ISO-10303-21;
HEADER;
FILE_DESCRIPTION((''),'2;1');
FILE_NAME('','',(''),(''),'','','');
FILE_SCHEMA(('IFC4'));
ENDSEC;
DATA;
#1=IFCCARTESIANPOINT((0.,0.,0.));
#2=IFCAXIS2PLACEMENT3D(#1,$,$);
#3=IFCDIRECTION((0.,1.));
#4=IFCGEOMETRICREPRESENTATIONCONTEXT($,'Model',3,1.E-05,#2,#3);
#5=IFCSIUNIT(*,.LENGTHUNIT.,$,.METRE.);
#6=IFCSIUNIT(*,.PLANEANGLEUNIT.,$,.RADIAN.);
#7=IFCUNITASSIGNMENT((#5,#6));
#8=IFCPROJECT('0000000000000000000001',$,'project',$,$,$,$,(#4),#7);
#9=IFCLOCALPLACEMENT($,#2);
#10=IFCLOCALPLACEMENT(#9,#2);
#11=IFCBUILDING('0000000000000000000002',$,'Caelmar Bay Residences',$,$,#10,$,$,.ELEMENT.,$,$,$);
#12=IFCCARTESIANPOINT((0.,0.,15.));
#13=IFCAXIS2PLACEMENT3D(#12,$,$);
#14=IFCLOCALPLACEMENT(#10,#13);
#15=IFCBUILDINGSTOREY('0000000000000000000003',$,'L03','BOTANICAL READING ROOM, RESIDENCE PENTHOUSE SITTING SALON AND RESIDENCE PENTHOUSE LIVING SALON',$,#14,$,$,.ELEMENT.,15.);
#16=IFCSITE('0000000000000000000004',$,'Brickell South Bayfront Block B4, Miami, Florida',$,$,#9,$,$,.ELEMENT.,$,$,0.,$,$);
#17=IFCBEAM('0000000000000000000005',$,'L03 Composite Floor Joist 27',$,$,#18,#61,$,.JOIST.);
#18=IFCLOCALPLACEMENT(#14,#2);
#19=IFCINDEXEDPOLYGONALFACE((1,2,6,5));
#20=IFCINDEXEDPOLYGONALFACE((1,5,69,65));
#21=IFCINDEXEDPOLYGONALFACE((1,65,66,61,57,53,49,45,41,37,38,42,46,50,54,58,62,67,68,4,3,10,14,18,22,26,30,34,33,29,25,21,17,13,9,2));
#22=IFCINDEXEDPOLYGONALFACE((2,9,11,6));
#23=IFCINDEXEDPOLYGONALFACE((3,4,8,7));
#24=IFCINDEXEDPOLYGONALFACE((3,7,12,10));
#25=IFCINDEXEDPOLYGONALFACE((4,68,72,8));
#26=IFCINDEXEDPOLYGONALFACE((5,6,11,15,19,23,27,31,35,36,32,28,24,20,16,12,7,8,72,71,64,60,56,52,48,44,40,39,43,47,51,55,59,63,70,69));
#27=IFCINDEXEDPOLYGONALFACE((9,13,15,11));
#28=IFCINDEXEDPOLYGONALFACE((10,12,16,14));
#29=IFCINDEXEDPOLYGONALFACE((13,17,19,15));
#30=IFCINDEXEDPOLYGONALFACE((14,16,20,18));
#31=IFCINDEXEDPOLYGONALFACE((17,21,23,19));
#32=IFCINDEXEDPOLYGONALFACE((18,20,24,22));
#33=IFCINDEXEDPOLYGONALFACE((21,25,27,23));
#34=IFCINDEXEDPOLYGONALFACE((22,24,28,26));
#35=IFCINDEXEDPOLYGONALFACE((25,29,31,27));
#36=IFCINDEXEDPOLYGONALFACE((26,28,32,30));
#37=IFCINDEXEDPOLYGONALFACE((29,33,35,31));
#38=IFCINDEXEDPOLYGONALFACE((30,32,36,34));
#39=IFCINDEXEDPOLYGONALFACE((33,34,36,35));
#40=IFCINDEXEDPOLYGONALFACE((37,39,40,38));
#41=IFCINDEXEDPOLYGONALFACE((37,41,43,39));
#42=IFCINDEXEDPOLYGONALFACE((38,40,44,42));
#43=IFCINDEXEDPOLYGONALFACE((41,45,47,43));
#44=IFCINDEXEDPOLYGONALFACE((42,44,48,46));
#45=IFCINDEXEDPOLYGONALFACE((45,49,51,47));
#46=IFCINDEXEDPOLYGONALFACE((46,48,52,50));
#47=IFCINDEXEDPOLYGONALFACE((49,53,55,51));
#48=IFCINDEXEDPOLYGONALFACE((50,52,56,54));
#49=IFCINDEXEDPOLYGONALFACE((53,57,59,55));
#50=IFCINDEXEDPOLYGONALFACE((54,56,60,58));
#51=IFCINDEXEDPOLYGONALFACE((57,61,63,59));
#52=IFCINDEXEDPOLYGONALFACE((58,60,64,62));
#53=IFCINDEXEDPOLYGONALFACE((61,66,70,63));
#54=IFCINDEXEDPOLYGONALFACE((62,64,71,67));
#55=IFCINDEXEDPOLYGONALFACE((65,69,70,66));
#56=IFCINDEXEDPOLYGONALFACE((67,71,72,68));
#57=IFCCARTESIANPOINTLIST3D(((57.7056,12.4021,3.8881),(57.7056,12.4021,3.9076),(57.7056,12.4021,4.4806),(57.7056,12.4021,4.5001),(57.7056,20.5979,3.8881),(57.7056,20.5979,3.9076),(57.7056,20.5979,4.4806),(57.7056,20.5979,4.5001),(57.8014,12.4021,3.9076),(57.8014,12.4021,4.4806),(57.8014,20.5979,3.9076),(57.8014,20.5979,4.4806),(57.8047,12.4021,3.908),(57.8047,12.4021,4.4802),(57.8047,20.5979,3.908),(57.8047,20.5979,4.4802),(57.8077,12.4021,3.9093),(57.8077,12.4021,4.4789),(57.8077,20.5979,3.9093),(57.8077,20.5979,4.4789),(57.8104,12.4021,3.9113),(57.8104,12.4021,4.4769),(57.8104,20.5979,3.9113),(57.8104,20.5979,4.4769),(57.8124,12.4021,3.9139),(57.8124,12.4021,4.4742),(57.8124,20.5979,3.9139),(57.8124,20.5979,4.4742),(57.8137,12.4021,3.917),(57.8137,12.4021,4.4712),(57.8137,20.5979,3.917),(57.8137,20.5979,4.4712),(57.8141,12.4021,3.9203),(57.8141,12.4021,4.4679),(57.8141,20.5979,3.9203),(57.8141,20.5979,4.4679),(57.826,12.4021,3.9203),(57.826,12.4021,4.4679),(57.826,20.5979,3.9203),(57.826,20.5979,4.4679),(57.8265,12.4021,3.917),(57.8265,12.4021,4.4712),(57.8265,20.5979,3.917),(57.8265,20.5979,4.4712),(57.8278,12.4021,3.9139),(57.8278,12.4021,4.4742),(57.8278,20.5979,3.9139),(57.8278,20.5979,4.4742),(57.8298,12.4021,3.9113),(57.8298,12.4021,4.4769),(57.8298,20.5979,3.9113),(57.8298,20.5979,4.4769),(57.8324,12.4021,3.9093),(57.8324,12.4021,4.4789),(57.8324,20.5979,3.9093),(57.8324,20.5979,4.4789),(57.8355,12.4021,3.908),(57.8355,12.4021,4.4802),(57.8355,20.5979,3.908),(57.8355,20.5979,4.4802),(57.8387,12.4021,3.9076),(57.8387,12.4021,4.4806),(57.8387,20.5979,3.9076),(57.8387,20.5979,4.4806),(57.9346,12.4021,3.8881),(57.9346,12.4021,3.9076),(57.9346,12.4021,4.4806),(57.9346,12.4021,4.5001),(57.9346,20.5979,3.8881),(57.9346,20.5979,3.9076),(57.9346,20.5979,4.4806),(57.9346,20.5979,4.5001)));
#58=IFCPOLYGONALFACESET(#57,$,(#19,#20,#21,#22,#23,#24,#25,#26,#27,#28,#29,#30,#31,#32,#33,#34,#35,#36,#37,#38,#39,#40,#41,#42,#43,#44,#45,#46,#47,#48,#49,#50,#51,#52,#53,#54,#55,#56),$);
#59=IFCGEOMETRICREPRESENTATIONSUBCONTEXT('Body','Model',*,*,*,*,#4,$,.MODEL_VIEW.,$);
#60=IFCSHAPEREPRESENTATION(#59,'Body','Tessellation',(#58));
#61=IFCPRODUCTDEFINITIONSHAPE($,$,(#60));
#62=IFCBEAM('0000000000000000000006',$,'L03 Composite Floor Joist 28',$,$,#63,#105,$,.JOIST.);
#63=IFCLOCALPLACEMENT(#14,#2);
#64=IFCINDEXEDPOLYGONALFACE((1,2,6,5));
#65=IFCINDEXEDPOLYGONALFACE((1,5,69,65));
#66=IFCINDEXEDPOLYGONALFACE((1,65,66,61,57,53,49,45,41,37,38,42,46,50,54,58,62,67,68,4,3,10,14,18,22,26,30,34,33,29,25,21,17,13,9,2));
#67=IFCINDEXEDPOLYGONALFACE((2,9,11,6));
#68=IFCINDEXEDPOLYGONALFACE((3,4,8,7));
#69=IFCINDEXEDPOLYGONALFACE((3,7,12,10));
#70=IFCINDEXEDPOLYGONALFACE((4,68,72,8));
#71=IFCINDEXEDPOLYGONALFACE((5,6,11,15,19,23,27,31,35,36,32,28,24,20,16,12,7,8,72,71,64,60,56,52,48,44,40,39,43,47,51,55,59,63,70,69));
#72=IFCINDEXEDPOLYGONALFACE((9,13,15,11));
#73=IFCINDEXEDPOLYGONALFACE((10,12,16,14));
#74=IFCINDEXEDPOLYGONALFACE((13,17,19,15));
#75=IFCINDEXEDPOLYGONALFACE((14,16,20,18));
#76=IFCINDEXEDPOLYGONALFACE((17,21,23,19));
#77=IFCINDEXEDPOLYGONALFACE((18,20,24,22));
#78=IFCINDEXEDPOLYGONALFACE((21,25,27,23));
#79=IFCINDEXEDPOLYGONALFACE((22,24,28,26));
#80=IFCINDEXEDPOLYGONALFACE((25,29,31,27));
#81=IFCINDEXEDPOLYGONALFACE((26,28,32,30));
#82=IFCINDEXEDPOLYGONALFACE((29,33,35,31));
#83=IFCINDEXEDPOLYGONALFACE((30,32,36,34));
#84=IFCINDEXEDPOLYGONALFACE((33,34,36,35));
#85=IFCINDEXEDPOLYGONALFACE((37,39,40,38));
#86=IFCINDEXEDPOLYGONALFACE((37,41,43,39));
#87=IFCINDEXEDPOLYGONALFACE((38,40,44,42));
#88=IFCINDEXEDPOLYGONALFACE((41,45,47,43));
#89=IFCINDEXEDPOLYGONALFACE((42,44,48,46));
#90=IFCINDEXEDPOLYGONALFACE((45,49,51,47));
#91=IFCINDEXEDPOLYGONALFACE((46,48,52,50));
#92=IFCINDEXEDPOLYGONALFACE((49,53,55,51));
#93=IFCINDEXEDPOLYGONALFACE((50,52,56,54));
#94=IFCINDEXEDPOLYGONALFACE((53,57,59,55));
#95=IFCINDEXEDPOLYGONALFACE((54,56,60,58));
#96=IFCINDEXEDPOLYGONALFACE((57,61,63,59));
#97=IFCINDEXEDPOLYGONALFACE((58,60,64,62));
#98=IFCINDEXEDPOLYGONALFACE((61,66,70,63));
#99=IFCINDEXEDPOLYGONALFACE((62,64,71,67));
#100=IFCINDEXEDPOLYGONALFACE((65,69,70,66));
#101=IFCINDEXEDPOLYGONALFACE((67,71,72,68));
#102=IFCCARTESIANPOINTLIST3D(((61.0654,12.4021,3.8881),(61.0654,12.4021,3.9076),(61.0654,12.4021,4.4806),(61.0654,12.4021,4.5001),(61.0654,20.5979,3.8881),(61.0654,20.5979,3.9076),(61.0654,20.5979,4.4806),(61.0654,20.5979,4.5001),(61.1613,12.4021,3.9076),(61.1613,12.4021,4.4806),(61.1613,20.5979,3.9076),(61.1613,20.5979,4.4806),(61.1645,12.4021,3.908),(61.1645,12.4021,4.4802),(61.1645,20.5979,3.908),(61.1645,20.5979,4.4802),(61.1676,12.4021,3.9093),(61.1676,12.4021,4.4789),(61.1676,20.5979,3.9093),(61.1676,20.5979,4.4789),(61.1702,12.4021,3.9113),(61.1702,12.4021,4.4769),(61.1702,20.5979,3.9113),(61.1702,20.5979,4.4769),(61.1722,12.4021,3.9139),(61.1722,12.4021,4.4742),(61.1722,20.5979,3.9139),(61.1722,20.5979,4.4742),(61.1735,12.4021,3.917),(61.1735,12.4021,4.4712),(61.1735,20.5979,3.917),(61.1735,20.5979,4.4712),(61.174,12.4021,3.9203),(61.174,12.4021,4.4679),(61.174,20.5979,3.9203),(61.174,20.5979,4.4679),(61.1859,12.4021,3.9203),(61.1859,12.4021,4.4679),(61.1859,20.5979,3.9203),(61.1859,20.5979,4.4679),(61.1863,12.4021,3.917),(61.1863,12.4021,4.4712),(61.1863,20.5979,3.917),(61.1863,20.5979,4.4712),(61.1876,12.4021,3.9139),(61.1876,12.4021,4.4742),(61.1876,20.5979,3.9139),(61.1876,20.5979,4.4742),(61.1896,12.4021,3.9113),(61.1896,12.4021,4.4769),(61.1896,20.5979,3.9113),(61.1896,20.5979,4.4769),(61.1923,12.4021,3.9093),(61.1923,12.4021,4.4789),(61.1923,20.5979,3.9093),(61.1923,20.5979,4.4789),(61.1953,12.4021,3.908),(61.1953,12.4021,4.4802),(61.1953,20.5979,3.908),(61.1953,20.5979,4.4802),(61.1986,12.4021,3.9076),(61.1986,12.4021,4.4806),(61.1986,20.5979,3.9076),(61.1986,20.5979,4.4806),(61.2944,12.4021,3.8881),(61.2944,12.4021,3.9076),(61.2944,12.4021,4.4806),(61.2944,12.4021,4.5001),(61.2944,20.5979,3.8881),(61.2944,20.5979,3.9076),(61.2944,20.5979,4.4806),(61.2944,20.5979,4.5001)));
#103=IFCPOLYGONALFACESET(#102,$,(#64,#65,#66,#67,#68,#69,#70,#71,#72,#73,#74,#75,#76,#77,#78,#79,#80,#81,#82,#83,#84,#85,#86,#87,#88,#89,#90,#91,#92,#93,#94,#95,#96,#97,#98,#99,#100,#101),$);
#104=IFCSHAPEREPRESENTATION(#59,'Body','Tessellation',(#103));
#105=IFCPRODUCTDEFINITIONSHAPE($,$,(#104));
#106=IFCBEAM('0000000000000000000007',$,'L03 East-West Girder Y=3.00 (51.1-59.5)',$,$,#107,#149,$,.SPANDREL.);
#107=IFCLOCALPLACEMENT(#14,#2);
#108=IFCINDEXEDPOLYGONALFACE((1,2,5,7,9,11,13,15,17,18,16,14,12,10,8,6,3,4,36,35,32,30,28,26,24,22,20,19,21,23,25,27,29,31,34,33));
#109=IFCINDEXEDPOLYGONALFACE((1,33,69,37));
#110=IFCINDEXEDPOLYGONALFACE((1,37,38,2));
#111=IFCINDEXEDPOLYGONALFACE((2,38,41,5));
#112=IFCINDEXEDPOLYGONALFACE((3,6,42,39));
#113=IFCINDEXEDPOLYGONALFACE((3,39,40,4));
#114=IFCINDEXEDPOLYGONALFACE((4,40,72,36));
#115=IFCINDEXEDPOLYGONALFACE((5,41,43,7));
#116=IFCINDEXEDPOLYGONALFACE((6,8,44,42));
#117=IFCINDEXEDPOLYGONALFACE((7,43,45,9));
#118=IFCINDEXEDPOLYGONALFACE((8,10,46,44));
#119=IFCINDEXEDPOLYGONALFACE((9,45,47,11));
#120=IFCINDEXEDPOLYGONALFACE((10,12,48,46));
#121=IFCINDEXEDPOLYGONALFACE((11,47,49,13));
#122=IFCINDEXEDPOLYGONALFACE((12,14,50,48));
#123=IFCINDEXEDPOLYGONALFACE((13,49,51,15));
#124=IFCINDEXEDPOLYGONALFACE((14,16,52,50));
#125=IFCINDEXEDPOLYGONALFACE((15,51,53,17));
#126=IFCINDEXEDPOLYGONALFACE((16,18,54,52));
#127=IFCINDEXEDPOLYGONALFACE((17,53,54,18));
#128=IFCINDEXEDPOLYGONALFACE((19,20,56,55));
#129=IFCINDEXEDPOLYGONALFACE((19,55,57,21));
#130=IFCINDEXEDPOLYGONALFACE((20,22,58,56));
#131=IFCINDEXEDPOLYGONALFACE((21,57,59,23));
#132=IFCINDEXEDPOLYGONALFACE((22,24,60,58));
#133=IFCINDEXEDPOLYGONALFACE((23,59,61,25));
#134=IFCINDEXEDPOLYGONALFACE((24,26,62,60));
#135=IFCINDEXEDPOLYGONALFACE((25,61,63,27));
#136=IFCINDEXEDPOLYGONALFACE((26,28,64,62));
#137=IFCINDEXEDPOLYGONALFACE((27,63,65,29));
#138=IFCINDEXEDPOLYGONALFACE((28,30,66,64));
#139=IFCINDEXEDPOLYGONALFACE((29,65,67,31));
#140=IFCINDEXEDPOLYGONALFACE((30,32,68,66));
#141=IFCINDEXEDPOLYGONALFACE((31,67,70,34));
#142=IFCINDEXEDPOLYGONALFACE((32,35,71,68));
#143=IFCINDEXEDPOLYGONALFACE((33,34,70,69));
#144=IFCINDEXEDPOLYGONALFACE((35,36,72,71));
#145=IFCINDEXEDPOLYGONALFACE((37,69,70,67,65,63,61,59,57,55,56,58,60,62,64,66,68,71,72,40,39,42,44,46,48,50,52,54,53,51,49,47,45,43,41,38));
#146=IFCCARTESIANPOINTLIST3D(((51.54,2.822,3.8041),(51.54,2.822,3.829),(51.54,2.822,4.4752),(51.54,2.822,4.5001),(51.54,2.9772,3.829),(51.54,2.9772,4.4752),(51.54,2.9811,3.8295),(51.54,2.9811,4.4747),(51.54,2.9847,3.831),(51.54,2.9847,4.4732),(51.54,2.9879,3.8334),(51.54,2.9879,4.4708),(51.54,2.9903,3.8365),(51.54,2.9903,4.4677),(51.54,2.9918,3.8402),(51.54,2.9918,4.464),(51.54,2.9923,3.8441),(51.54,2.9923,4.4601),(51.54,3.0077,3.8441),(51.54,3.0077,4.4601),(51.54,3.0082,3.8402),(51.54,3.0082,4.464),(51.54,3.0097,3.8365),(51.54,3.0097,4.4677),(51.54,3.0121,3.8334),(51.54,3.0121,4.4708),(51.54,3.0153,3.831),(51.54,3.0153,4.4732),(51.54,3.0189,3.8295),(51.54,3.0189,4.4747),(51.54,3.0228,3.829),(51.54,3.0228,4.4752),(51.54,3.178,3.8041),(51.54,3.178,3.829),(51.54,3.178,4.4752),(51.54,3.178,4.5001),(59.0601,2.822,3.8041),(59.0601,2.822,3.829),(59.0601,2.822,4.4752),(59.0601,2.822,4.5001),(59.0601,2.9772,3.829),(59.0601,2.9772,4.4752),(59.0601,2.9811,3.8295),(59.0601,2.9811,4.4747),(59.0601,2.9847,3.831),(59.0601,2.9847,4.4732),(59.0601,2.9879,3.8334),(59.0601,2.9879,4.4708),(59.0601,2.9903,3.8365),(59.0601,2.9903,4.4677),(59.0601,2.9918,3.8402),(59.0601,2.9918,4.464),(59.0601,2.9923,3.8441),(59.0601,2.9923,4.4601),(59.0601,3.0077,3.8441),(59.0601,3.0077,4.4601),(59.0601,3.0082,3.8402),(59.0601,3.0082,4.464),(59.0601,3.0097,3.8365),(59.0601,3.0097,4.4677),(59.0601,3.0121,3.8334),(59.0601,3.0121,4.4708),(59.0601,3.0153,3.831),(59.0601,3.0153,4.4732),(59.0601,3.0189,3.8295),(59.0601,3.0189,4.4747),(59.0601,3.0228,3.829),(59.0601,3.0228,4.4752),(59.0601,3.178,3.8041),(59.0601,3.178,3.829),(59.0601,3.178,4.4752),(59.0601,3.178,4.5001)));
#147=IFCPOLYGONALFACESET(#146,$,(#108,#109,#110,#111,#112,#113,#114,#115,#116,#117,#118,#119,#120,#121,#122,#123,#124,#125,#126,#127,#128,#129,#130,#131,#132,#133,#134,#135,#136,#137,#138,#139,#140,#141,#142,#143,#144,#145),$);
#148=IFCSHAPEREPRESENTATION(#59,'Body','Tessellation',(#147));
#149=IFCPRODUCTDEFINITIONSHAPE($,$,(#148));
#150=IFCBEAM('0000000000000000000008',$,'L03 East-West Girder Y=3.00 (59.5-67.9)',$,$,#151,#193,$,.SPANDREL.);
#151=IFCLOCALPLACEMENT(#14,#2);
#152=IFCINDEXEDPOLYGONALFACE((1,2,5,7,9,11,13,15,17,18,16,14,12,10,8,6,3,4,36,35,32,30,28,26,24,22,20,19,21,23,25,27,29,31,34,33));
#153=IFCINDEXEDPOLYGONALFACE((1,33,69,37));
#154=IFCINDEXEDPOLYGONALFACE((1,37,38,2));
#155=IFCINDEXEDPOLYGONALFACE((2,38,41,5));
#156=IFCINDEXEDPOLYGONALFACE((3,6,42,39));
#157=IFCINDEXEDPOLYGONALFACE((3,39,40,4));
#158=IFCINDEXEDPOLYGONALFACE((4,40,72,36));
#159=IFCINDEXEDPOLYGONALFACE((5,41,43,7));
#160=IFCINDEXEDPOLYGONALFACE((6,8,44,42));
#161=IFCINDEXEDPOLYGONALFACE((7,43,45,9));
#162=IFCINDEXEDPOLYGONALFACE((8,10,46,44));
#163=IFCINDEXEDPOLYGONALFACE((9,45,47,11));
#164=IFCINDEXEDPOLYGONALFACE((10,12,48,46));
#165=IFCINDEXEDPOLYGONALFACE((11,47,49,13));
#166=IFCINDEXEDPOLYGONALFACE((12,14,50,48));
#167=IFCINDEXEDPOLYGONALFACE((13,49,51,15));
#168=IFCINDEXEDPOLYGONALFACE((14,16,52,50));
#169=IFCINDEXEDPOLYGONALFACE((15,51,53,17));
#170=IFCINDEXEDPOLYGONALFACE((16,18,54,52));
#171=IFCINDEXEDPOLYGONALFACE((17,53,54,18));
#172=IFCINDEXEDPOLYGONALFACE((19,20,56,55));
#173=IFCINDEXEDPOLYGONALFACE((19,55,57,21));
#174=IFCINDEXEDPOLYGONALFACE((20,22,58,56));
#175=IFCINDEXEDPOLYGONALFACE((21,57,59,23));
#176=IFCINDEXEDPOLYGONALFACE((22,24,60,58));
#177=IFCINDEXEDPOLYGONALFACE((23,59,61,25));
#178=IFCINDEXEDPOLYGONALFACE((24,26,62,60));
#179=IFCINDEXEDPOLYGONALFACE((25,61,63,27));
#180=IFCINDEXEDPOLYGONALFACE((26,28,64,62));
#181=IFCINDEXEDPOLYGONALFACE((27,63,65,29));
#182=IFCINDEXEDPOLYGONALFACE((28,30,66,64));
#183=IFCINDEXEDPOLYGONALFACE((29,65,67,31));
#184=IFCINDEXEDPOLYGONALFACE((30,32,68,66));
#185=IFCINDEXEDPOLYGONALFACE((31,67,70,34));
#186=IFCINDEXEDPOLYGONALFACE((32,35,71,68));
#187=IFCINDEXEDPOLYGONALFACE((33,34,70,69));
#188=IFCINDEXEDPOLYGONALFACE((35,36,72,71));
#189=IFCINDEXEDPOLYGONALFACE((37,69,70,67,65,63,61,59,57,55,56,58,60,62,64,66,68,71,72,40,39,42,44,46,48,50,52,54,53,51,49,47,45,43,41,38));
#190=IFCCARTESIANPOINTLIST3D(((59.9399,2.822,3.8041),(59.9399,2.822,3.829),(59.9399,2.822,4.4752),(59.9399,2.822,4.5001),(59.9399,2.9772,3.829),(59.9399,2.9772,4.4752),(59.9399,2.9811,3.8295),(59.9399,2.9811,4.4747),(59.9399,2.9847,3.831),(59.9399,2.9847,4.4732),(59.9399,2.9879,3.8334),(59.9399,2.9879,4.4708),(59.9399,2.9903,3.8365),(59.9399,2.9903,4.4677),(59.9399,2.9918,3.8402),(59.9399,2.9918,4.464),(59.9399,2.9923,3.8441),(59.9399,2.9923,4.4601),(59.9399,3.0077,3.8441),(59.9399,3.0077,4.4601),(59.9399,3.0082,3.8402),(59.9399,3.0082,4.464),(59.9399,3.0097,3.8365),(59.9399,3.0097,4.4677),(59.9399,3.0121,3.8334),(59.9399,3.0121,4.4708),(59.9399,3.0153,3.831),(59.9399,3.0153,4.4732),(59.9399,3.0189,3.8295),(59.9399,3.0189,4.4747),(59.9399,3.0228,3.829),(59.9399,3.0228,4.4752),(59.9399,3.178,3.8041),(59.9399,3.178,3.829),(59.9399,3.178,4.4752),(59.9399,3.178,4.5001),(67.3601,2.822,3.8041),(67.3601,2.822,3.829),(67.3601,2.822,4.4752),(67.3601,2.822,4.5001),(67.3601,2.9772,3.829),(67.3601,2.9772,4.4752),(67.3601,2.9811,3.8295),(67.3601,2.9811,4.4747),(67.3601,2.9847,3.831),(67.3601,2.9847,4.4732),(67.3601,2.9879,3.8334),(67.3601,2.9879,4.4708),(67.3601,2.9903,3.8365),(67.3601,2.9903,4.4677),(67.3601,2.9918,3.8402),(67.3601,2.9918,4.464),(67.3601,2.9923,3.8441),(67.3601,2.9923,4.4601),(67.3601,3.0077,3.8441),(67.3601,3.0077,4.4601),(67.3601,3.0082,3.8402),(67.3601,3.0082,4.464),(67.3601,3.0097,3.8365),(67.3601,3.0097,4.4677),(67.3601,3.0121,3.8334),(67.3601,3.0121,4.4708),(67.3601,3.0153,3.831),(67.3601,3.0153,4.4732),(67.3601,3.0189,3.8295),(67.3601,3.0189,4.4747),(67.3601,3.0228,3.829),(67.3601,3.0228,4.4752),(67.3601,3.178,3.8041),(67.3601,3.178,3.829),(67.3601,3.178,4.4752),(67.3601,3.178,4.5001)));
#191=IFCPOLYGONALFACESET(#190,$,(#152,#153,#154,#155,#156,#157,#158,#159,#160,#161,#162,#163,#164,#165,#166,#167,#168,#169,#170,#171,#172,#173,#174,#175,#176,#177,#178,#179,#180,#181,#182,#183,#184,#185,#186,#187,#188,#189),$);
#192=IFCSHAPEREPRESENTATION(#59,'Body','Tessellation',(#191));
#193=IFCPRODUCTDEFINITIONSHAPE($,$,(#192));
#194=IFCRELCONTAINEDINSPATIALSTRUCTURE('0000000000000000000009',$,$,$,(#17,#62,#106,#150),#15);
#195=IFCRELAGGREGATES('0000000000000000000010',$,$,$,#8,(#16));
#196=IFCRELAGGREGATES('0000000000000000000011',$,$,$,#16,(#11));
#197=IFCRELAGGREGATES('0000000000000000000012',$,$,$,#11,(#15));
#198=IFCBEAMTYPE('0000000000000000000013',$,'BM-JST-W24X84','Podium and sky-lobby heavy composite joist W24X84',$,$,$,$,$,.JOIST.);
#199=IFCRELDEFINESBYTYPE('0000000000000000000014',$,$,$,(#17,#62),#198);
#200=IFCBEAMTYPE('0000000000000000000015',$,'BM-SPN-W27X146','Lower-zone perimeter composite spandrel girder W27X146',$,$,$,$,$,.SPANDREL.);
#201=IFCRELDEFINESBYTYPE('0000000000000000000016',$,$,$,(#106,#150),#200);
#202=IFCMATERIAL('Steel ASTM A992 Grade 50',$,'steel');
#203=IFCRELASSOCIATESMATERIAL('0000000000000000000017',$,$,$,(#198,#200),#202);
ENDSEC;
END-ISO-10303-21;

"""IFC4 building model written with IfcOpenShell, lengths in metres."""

from ifc_helpers import new_model, si_unit, direction, frame, origin, origin_2d, place, context, subcontext, project, spatial, i_section, extrude, material, material_profile, profile_set, type_object, element, save


model = new_model("IFC4")

# Units and contexts
model_context = context("Model", 3, precision=1e-05, world=origin(), true_north=direction((0.0, 1.0)))
body_context = subcontext(model_context, "Body", "Model", "MODEL_VIEW")
ifc_project = project(units=[si_unit("LENGTHUNIT", "METRE"), si_unit("PLANEANGLEUNIT", "RADIAN")], contexts=[model_context])

# Site, building, storey
site_placement = place(None, origin())
site = spatial("IfcSite", under=ifc_project, at=site_placement, Name="Brickell South Bayfront Block B4, Miami, Florida", CompositionType="ELEMENT", RefElevation=0.0)
building_placement = place(site_placement, origin())
building = spatial("IfcBuilding", under=site, at=building_placement, Name="Caelmar Bay Residences", CompositionType="ELEMENT")
storey_placement = place(building_placement, frame((0.0, 0.0, 15.0)))
storey = spatial("IfcBuildingStorey", under=building, at=storey_placement, Name="L03", Description="BOTANICAL READING ROOM, RESIDENCE PENTHOUSE SITTING SALON AND RESIDENCE PENTHOUSE LIVING SALON", CompositionType="ELEMENT", Elevation=15.0)

# Beams
ifc_material_1 = material(Name="Steel ASTM A992 Grade 50", Category="steel")
ifc_material_profile_1 = material_profile(ifc_material_1, i_section(OverallWidth=0.229, OverallDepth=0.6121, WebThickness=0.012, FlangeThickness=0.0195, FilletRadius=0.0127, at=origin_2d()), Name="W24X84")
ifc_profile_set_1 = profile_set([ifc_material_profile_1], Name="Steel ASTM A992 Grade 50")
beam_type_1 = type_object("IfcBeamType", Name="BM-JST-W24X84", Description="Podium and sky-lobby heavy composite joist W24X84", PredefinedType="JOIST", material=ifc_profile_set_1)
for number, where, z_axis, x_axis, name in (
    (1, (57.8201, 12.4021, 4.1941), (0.0, 1.0, 0.0), (-1.0, 0.0, 0.0), "L03 Composite Floor Joist 27"),
    (2, (61.1799, 12.4021, 4.1941), (0.0, 1.0, 0.0), (-1.0, 0.0, 0.0), "L03 Composite Floor Joist 28"),
):
    element("IfcBeam", number, at=place(storey_placement, frame(where, z_axis=z_axis, x_axis=x_axis)), inside=storey, type_object=beam_type_1, Name=name, PredefinedType="JOIST", context=body_context, shape_type="SweptSolid", body=[
        extrude(i_section(OverallWidth=0.229, OverallDepth=0.6121, WebThickness=0.012, FlangeThickness=0.0195, FilletRadius=0.0127, at=origin_2d()), origin(), (0.0, 0.0, 1.0), 8.1958),
    ])
ifc_material_profile_2 = material_profile(ifc_material_1, i_section(OverallWidth=0.356, OverallDepth=0.696, WebThickness=0.0154, FlangeThickness=0.0249, FilletRadius=0.0151, at=origin_2d()), Name="W27X146")
ifc_profile_set_2 = profile_set([ifc_material_profile_2], Name="Steel ASTM A992 Grade 50")
beam_type_2 = type_object("IfcBeamType", Name="BM-SPN-W27X146", Description="Lower-zone perimeter composite spandrel girder W27X146", PredefinedType="SPANDREL", material=ifc_profile_set_2)
beam_1_placement = place(storey_placement, frame((51.54, 3.0, 4.1521), z_axis=(1.0, 0.0, 0.0), x_axis=(0.0, 1.0, 0.0)))
element("IfcBeam", 3, at=beam_1_placement, inside=storey, type_object=beam_type_2, Name="L03 East-West Girder Y=3.00 (51.1-59.5)", PredefinedType="SPANDREL", context=body_context, shape_type="SweptSolid", body=[
    extrude(i_section(OverallWidth=0.356, OverallDepth=0.696, WebThickness=0.0154, FlangeThickness=0.0249, FilletRadius=0.0151, at=origin_2d()), origin(), (0.0, 0.0, 1.0), 7.52),
])
beam_2_placement = place(storey_placement, frame((59.9399, 3.0, 4.1521), z_axis=(1.0, 0.0, 0.0), x_axis=(0.0, 1.0, 0.0)))
element("IfcBeam", 4, at=beam_2_placement, inside=storey, type_object=beam_type_2, Name="L03 East-West Girder Y=3.00 (59.5-67.9)", PredefinedType="SPANDREL", context=body_context, shape_type="SweptSolid", body=[
    extrude(i_section(OverallWidth=0.356, OverallDepth=0.696, WebThickness=0.0154, FlangeThickness=0.0249, FilletRadius=0.0151, at=origin_2d()), origin(), (0.0, 0.0, 1.0), 7.4202),
])

save(model, "model.ifc")
